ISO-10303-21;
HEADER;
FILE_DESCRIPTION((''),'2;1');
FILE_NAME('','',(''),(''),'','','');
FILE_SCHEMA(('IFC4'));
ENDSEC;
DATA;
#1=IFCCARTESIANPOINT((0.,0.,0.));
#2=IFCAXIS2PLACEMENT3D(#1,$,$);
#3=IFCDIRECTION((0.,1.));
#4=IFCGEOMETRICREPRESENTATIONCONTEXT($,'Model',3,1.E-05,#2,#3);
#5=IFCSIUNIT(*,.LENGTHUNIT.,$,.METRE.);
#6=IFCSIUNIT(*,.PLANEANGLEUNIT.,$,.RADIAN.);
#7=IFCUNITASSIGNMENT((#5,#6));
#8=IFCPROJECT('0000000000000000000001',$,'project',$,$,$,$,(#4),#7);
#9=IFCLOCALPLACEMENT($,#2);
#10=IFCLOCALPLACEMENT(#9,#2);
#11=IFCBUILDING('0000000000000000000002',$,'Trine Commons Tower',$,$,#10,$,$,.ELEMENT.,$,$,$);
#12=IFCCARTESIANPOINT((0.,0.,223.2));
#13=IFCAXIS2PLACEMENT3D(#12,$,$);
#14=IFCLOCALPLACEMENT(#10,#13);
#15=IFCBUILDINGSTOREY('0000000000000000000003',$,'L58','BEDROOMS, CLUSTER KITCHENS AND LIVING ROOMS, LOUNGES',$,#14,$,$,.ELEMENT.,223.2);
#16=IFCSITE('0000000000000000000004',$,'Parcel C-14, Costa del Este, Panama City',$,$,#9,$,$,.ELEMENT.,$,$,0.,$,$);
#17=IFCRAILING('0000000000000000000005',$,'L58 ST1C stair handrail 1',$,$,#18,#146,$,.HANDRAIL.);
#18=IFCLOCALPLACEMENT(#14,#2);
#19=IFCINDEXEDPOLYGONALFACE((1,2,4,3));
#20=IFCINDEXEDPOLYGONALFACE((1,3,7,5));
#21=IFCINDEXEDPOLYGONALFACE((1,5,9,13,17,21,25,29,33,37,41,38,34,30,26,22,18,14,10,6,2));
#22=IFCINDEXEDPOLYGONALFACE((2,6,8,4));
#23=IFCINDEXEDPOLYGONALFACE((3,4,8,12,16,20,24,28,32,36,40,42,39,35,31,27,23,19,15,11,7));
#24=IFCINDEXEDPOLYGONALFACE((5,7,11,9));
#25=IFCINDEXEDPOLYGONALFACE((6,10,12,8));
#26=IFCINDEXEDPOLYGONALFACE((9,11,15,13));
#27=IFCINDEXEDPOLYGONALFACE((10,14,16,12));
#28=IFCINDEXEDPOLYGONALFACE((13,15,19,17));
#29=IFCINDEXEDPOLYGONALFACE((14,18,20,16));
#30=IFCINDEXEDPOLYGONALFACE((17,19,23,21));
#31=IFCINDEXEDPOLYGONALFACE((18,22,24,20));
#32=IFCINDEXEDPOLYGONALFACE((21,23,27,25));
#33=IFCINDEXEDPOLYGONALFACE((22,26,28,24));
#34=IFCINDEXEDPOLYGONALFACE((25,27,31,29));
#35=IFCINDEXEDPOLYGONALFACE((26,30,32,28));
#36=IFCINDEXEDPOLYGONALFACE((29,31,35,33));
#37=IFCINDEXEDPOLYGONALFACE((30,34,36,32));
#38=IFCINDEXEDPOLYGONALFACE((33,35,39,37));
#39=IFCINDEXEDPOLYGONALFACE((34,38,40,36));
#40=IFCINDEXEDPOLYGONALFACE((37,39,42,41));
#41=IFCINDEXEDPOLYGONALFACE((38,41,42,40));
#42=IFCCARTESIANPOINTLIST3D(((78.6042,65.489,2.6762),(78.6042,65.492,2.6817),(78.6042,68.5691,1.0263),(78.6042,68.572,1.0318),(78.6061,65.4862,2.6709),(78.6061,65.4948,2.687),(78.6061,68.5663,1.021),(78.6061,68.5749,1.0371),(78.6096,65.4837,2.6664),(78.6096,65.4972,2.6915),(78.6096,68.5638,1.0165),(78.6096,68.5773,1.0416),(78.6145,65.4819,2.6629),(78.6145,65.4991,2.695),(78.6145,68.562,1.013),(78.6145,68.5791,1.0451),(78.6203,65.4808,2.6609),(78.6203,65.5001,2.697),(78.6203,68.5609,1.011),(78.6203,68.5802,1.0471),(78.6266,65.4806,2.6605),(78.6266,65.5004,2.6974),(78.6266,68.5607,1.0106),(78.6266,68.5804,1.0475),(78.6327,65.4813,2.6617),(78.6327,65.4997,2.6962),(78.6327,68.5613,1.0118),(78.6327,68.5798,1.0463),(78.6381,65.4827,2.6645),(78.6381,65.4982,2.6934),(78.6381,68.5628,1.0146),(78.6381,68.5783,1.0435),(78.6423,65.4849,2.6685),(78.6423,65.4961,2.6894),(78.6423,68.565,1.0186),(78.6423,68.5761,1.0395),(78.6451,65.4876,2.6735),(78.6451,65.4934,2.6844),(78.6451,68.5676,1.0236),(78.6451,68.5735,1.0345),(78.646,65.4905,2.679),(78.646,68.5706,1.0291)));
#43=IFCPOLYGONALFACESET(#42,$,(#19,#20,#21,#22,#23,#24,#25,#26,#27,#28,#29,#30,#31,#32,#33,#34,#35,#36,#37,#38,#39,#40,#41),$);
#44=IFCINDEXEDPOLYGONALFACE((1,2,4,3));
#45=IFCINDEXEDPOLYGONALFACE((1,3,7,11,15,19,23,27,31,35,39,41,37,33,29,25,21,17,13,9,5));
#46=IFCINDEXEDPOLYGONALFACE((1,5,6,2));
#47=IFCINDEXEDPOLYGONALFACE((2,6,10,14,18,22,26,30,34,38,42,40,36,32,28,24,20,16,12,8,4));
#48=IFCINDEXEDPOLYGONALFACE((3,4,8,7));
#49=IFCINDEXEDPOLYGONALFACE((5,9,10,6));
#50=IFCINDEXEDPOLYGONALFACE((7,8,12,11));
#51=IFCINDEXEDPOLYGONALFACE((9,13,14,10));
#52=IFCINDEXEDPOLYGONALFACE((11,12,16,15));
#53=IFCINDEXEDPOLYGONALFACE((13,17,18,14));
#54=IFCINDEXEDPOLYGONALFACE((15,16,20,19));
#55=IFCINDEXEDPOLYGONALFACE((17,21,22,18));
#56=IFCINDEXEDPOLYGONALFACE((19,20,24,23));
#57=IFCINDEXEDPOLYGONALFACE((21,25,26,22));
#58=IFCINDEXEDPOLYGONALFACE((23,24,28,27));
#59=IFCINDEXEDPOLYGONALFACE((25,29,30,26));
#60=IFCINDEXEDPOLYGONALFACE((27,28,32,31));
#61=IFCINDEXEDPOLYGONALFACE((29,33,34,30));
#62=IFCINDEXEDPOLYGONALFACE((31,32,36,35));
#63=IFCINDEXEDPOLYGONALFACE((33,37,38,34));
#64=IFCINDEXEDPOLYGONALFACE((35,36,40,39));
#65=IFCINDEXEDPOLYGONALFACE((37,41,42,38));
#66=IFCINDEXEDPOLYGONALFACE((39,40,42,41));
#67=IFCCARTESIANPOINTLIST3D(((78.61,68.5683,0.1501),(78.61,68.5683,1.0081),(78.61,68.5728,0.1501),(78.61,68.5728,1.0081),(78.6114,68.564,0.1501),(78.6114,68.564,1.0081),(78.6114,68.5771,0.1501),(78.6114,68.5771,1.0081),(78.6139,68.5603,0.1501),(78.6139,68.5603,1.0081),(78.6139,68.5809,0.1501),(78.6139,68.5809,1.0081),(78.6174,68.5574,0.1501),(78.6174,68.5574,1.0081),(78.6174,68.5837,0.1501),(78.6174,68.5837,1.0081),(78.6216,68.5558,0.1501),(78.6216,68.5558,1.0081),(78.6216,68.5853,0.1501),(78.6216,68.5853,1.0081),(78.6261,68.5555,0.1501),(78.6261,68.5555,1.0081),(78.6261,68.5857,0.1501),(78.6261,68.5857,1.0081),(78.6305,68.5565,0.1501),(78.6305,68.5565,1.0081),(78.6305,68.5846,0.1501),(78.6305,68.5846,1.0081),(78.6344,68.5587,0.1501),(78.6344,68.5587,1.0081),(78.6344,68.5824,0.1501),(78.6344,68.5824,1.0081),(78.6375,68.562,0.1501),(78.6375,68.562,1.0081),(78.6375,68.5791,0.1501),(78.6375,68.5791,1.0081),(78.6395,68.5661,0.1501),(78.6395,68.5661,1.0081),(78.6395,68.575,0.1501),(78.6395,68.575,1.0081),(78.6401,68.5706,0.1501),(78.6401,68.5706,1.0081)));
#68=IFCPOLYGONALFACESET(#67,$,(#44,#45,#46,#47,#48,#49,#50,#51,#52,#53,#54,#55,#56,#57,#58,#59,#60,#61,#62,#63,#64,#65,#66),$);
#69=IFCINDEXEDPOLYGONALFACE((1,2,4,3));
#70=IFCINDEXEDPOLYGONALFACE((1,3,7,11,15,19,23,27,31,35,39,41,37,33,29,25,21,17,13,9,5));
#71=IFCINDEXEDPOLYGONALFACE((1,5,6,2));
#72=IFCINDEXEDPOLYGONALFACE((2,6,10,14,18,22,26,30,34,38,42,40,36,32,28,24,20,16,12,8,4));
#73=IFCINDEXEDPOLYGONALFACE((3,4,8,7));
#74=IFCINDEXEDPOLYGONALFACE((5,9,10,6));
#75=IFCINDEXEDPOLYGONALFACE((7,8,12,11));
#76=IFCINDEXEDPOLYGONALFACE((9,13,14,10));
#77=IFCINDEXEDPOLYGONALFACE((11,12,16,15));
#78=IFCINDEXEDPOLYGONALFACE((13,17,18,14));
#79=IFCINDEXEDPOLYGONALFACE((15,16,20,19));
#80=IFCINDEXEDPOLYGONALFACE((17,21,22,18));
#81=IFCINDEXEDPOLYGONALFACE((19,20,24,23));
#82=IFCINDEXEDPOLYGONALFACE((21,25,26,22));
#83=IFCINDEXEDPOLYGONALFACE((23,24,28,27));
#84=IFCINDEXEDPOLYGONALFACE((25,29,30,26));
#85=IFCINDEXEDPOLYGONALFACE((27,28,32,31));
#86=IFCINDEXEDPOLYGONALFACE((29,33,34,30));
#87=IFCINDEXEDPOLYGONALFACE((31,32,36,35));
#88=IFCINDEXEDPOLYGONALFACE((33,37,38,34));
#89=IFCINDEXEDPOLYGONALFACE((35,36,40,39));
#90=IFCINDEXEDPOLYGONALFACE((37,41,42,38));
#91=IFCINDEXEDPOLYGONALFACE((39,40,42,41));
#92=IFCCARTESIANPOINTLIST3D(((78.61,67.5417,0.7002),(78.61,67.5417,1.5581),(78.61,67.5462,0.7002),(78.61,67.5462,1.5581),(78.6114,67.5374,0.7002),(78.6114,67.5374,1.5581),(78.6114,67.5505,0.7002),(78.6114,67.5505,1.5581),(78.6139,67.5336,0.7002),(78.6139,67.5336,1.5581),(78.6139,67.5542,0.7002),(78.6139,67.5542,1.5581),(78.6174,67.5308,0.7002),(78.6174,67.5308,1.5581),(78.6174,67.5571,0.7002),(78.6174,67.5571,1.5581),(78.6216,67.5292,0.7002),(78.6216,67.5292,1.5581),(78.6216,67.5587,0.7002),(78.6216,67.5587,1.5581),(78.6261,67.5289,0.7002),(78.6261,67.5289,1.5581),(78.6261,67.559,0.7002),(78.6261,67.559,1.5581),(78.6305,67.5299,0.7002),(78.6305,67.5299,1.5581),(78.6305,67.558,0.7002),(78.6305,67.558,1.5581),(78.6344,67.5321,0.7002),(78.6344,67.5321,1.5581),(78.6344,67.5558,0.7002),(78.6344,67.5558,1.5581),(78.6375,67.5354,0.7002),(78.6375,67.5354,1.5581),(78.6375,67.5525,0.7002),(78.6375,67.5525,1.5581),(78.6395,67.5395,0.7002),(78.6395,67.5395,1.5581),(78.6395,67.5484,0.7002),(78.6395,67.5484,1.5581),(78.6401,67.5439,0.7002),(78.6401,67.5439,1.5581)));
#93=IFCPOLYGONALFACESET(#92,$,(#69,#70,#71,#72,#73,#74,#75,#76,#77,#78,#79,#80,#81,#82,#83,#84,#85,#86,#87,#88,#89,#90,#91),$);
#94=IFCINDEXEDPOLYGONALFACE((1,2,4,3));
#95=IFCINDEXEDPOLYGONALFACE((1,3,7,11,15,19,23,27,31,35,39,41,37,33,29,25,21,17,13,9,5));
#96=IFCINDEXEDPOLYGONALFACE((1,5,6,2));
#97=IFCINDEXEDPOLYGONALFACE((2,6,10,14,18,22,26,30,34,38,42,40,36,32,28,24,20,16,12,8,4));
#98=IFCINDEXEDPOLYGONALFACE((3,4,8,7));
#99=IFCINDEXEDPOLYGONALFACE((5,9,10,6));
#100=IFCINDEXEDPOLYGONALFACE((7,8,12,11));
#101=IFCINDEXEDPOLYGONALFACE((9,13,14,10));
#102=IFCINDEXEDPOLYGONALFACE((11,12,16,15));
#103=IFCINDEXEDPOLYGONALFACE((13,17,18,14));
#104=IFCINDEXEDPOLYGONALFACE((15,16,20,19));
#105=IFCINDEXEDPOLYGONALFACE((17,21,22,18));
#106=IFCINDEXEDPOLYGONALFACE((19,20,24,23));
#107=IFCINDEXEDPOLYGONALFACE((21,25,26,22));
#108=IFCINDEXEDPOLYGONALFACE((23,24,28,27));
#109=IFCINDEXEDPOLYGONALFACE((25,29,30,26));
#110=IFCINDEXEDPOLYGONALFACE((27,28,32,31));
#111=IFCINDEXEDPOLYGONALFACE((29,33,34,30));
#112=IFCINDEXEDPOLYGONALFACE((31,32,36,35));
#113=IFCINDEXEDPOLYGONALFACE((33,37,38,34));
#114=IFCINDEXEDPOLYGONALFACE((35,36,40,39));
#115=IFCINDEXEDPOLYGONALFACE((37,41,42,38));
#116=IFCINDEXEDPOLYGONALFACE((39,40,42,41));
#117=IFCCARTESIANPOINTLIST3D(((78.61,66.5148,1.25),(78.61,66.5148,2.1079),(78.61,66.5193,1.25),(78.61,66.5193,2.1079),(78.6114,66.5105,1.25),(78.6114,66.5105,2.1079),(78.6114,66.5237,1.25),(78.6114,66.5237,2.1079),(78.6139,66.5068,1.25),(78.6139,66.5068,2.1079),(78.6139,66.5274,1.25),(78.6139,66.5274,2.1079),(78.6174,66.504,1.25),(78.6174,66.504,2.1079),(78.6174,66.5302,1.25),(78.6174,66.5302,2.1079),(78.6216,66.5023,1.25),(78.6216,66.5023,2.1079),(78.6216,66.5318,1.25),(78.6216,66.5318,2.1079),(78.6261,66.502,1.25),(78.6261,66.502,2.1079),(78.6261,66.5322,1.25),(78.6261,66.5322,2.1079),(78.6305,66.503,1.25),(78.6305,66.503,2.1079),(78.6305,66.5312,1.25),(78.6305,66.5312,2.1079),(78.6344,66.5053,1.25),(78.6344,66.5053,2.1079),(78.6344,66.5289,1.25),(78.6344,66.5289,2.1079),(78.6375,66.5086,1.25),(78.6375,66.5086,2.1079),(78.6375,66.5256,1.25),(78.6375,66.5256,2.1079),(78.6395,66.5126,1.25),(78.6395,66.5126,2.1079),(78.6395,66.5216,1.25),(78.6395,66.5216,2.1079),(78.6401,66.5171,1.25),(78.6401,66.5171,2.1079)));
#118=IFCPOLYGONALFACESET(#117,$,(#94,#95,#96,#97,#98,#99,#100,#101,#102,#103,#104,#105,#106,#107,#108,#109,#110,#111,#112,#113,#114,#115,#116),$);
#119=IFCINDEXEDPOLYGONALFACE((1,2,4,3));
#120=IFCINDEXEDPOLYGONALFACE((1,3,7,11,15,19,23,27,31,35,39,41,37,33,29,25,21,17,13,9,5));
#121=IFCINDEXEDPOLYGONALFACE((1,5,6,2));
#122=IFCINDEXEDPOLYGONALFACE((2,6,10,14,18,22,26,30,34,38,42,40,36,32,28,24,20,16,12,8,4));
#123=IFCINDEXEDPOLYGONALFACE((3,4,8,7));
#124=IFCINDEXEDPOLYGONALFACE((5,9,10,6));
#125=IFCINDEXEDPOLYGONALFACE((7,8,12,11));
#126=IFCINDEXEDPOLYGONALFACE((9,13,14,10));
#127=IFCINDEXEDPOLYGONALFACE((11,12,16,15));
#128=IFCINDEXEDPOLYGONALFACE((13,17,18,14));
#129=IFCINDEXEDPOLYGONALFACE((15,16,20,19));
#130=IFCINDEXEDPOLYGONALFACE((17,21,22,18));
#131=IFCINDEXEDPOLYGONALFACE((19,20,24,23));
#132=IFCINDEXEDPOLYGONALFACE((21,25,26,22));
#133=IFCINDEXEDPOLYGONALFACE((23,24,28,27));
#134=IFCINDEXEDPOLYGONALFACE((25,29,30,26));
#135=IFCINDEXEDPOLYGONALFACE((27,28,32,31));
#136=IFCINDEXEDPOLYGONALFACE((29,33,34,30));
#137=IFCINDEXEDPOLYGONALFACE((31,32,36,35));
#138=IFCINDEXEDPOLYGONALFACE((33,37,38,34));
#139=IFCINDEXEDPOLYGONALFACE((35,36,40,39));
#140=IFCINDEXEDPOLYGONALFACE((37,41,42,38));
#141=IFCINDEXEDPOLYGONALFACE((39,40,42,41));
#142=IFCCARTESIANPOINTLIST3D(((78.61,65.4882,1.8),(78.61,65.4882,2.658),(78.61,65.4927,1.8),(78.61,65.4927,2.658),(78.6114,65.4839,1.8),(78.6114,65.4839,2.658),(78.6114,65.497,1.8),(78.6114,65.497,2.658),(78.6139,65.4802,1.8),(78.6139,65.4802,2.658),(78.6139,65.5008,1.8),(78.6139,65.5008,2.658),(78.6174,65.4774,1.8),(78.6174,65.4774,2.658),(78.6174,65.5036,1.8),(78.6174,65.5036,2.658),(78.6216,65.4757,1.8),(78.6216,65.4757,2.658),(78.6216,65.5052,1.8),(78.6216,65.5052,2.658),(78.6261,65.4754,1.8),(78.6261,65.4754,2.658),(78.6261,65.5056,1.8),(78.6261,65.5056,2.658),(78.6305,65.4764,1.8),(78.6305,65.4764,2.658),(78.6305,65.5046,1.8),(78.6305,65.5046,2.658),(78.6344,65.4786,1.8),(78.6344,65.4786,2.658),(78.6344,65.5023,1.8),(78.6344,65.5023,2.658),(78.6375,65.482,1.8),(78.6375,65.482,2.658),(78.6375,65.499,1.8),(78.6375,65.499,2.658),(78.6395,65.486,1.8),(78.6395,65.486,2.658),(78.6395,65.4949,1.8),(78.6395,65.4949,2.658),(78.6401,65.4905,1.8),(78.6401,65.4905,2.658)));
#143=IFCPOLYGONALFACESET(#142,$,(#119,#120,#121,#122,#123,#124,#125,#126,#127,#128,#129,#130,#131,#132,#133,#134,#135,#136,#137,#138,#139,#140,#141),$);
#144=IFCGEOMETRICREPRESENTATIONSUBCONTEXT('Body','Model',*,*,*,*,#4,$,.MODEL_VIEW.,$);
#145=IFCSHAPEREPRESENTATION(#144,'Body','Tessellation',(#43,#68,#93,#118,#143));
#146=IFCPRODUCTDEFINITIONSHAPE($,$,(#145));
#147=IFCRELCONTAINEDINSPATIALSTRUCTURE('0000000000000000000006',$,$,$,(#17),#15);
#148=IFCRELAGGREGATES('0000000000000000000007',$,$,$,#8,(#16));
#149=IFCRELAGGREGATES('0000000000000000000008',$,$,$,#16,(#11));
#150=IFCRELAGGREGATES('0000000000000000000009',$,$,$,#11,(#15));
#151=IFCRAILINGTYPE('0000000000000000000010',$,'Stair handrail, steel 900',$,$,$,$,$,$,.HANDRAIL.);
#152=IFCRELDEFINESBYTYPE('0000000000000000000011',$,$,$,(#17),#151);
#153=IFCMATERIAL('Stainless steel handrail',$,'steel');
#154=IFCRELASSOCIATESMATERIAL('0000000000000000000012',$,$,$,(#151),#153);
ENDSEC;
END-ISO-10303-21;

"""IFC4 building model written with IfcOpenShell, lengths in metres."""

from ifc_helpers import new_model, si_unit, direction, frame, origin, origin_2d, place, context, subcontext, project, spatial, circle, extrude, material, type_object, element, save


model = new_model("IFC4")

# Units and contexts
model_context = context("Model", 3, precision=1e-05, world=origin(), true_north=direction((0.0, 1.0)))
body_context = subcontext(model_context, "Body", "Model", "MODEL_VIEW")
ifc_project = project(units=[si_unit("LENGTHUNIT", "METRE"), si_unit("PLANEANGLEUNIT", "RADIAN")], contexts=[model_context])

# Site, building, storey
site_placement = place(None, origin())
site = spatial("IfcSite", under=ifc_project, at=site_placement, Name="Parcel C-14, Costa del Este, Panama City", CompositionType="ELEMENT", RefElevation=0.0)
building_placement = place(site_placement, origin())
building = spatial("IfcBuilding", under=site, at=building_placement, Name="Trine Commons Tower", CompositionType="ELEMENT")
storey_placement = place(building_placement, frame((0.0, 0.0, 223.2)))
storey = spatial("IfcBuildingStorey", under=building, at=storey_placement, Name="L58", Description="BEDROOMS, CLUSTER KITCHENS AND LIVING ROOMS, LOUNGES", CompositionType="ELEMENT", Elevation=223.2)

# Railing
ifc_material_1 = material(Name="Stainless steel handrail", Category="steel")
railing_type_1 = type_object("IfcRailingType", Name="Stair handrail, steel 900", PredefinedType="HANDRAIL", material=ifc_material_1)
railing_1_placement = place(storey_placement, frame((78.625, 68.5706, 0.1501)))
element("IfcRailing", 1, at=railing_1_placement, inside=storey, type_object=railing_type_1, Name="L58 ST1C stair handrail 1", PredefinedType="HANDRAIL", context=body_context, shape_type="SweptSolid", body=[
    extrude(circle(Radius=0.021, at=origin_2d()), frame((0.0, 0.0, 0.8789), z_axis=(0.0, -0.881497, 0.47219), x_axis=(1.0, 0.0, 0.0)), (0.0, 0.0, 1.0), 3.4941),
    extrude(circle(Radius=0.0151, at=origin_2d()), origin(), (0.0, 0.0, 1.0), 0.8579),
    extrude(circle(Radius=0.0151, at=origin_2d()), frame((0.0, -1.0266, 0.55)), (0.0, 0.0, 1.0), 0.8579),
    extrude(circle(Radius=0.0151, at=origin_2d()), frame((0.0, -2.0535, 1.0999)), (0.0, 0.0, 1.0), 0.8579),
    extrude(circle(Radius=0.0151, at=origin_2d()), frame((0.0, -3.0801, 1.6499)), (0.0, 0.0, 1.0), 0.8579),
])

save(model, "model.ifc")
